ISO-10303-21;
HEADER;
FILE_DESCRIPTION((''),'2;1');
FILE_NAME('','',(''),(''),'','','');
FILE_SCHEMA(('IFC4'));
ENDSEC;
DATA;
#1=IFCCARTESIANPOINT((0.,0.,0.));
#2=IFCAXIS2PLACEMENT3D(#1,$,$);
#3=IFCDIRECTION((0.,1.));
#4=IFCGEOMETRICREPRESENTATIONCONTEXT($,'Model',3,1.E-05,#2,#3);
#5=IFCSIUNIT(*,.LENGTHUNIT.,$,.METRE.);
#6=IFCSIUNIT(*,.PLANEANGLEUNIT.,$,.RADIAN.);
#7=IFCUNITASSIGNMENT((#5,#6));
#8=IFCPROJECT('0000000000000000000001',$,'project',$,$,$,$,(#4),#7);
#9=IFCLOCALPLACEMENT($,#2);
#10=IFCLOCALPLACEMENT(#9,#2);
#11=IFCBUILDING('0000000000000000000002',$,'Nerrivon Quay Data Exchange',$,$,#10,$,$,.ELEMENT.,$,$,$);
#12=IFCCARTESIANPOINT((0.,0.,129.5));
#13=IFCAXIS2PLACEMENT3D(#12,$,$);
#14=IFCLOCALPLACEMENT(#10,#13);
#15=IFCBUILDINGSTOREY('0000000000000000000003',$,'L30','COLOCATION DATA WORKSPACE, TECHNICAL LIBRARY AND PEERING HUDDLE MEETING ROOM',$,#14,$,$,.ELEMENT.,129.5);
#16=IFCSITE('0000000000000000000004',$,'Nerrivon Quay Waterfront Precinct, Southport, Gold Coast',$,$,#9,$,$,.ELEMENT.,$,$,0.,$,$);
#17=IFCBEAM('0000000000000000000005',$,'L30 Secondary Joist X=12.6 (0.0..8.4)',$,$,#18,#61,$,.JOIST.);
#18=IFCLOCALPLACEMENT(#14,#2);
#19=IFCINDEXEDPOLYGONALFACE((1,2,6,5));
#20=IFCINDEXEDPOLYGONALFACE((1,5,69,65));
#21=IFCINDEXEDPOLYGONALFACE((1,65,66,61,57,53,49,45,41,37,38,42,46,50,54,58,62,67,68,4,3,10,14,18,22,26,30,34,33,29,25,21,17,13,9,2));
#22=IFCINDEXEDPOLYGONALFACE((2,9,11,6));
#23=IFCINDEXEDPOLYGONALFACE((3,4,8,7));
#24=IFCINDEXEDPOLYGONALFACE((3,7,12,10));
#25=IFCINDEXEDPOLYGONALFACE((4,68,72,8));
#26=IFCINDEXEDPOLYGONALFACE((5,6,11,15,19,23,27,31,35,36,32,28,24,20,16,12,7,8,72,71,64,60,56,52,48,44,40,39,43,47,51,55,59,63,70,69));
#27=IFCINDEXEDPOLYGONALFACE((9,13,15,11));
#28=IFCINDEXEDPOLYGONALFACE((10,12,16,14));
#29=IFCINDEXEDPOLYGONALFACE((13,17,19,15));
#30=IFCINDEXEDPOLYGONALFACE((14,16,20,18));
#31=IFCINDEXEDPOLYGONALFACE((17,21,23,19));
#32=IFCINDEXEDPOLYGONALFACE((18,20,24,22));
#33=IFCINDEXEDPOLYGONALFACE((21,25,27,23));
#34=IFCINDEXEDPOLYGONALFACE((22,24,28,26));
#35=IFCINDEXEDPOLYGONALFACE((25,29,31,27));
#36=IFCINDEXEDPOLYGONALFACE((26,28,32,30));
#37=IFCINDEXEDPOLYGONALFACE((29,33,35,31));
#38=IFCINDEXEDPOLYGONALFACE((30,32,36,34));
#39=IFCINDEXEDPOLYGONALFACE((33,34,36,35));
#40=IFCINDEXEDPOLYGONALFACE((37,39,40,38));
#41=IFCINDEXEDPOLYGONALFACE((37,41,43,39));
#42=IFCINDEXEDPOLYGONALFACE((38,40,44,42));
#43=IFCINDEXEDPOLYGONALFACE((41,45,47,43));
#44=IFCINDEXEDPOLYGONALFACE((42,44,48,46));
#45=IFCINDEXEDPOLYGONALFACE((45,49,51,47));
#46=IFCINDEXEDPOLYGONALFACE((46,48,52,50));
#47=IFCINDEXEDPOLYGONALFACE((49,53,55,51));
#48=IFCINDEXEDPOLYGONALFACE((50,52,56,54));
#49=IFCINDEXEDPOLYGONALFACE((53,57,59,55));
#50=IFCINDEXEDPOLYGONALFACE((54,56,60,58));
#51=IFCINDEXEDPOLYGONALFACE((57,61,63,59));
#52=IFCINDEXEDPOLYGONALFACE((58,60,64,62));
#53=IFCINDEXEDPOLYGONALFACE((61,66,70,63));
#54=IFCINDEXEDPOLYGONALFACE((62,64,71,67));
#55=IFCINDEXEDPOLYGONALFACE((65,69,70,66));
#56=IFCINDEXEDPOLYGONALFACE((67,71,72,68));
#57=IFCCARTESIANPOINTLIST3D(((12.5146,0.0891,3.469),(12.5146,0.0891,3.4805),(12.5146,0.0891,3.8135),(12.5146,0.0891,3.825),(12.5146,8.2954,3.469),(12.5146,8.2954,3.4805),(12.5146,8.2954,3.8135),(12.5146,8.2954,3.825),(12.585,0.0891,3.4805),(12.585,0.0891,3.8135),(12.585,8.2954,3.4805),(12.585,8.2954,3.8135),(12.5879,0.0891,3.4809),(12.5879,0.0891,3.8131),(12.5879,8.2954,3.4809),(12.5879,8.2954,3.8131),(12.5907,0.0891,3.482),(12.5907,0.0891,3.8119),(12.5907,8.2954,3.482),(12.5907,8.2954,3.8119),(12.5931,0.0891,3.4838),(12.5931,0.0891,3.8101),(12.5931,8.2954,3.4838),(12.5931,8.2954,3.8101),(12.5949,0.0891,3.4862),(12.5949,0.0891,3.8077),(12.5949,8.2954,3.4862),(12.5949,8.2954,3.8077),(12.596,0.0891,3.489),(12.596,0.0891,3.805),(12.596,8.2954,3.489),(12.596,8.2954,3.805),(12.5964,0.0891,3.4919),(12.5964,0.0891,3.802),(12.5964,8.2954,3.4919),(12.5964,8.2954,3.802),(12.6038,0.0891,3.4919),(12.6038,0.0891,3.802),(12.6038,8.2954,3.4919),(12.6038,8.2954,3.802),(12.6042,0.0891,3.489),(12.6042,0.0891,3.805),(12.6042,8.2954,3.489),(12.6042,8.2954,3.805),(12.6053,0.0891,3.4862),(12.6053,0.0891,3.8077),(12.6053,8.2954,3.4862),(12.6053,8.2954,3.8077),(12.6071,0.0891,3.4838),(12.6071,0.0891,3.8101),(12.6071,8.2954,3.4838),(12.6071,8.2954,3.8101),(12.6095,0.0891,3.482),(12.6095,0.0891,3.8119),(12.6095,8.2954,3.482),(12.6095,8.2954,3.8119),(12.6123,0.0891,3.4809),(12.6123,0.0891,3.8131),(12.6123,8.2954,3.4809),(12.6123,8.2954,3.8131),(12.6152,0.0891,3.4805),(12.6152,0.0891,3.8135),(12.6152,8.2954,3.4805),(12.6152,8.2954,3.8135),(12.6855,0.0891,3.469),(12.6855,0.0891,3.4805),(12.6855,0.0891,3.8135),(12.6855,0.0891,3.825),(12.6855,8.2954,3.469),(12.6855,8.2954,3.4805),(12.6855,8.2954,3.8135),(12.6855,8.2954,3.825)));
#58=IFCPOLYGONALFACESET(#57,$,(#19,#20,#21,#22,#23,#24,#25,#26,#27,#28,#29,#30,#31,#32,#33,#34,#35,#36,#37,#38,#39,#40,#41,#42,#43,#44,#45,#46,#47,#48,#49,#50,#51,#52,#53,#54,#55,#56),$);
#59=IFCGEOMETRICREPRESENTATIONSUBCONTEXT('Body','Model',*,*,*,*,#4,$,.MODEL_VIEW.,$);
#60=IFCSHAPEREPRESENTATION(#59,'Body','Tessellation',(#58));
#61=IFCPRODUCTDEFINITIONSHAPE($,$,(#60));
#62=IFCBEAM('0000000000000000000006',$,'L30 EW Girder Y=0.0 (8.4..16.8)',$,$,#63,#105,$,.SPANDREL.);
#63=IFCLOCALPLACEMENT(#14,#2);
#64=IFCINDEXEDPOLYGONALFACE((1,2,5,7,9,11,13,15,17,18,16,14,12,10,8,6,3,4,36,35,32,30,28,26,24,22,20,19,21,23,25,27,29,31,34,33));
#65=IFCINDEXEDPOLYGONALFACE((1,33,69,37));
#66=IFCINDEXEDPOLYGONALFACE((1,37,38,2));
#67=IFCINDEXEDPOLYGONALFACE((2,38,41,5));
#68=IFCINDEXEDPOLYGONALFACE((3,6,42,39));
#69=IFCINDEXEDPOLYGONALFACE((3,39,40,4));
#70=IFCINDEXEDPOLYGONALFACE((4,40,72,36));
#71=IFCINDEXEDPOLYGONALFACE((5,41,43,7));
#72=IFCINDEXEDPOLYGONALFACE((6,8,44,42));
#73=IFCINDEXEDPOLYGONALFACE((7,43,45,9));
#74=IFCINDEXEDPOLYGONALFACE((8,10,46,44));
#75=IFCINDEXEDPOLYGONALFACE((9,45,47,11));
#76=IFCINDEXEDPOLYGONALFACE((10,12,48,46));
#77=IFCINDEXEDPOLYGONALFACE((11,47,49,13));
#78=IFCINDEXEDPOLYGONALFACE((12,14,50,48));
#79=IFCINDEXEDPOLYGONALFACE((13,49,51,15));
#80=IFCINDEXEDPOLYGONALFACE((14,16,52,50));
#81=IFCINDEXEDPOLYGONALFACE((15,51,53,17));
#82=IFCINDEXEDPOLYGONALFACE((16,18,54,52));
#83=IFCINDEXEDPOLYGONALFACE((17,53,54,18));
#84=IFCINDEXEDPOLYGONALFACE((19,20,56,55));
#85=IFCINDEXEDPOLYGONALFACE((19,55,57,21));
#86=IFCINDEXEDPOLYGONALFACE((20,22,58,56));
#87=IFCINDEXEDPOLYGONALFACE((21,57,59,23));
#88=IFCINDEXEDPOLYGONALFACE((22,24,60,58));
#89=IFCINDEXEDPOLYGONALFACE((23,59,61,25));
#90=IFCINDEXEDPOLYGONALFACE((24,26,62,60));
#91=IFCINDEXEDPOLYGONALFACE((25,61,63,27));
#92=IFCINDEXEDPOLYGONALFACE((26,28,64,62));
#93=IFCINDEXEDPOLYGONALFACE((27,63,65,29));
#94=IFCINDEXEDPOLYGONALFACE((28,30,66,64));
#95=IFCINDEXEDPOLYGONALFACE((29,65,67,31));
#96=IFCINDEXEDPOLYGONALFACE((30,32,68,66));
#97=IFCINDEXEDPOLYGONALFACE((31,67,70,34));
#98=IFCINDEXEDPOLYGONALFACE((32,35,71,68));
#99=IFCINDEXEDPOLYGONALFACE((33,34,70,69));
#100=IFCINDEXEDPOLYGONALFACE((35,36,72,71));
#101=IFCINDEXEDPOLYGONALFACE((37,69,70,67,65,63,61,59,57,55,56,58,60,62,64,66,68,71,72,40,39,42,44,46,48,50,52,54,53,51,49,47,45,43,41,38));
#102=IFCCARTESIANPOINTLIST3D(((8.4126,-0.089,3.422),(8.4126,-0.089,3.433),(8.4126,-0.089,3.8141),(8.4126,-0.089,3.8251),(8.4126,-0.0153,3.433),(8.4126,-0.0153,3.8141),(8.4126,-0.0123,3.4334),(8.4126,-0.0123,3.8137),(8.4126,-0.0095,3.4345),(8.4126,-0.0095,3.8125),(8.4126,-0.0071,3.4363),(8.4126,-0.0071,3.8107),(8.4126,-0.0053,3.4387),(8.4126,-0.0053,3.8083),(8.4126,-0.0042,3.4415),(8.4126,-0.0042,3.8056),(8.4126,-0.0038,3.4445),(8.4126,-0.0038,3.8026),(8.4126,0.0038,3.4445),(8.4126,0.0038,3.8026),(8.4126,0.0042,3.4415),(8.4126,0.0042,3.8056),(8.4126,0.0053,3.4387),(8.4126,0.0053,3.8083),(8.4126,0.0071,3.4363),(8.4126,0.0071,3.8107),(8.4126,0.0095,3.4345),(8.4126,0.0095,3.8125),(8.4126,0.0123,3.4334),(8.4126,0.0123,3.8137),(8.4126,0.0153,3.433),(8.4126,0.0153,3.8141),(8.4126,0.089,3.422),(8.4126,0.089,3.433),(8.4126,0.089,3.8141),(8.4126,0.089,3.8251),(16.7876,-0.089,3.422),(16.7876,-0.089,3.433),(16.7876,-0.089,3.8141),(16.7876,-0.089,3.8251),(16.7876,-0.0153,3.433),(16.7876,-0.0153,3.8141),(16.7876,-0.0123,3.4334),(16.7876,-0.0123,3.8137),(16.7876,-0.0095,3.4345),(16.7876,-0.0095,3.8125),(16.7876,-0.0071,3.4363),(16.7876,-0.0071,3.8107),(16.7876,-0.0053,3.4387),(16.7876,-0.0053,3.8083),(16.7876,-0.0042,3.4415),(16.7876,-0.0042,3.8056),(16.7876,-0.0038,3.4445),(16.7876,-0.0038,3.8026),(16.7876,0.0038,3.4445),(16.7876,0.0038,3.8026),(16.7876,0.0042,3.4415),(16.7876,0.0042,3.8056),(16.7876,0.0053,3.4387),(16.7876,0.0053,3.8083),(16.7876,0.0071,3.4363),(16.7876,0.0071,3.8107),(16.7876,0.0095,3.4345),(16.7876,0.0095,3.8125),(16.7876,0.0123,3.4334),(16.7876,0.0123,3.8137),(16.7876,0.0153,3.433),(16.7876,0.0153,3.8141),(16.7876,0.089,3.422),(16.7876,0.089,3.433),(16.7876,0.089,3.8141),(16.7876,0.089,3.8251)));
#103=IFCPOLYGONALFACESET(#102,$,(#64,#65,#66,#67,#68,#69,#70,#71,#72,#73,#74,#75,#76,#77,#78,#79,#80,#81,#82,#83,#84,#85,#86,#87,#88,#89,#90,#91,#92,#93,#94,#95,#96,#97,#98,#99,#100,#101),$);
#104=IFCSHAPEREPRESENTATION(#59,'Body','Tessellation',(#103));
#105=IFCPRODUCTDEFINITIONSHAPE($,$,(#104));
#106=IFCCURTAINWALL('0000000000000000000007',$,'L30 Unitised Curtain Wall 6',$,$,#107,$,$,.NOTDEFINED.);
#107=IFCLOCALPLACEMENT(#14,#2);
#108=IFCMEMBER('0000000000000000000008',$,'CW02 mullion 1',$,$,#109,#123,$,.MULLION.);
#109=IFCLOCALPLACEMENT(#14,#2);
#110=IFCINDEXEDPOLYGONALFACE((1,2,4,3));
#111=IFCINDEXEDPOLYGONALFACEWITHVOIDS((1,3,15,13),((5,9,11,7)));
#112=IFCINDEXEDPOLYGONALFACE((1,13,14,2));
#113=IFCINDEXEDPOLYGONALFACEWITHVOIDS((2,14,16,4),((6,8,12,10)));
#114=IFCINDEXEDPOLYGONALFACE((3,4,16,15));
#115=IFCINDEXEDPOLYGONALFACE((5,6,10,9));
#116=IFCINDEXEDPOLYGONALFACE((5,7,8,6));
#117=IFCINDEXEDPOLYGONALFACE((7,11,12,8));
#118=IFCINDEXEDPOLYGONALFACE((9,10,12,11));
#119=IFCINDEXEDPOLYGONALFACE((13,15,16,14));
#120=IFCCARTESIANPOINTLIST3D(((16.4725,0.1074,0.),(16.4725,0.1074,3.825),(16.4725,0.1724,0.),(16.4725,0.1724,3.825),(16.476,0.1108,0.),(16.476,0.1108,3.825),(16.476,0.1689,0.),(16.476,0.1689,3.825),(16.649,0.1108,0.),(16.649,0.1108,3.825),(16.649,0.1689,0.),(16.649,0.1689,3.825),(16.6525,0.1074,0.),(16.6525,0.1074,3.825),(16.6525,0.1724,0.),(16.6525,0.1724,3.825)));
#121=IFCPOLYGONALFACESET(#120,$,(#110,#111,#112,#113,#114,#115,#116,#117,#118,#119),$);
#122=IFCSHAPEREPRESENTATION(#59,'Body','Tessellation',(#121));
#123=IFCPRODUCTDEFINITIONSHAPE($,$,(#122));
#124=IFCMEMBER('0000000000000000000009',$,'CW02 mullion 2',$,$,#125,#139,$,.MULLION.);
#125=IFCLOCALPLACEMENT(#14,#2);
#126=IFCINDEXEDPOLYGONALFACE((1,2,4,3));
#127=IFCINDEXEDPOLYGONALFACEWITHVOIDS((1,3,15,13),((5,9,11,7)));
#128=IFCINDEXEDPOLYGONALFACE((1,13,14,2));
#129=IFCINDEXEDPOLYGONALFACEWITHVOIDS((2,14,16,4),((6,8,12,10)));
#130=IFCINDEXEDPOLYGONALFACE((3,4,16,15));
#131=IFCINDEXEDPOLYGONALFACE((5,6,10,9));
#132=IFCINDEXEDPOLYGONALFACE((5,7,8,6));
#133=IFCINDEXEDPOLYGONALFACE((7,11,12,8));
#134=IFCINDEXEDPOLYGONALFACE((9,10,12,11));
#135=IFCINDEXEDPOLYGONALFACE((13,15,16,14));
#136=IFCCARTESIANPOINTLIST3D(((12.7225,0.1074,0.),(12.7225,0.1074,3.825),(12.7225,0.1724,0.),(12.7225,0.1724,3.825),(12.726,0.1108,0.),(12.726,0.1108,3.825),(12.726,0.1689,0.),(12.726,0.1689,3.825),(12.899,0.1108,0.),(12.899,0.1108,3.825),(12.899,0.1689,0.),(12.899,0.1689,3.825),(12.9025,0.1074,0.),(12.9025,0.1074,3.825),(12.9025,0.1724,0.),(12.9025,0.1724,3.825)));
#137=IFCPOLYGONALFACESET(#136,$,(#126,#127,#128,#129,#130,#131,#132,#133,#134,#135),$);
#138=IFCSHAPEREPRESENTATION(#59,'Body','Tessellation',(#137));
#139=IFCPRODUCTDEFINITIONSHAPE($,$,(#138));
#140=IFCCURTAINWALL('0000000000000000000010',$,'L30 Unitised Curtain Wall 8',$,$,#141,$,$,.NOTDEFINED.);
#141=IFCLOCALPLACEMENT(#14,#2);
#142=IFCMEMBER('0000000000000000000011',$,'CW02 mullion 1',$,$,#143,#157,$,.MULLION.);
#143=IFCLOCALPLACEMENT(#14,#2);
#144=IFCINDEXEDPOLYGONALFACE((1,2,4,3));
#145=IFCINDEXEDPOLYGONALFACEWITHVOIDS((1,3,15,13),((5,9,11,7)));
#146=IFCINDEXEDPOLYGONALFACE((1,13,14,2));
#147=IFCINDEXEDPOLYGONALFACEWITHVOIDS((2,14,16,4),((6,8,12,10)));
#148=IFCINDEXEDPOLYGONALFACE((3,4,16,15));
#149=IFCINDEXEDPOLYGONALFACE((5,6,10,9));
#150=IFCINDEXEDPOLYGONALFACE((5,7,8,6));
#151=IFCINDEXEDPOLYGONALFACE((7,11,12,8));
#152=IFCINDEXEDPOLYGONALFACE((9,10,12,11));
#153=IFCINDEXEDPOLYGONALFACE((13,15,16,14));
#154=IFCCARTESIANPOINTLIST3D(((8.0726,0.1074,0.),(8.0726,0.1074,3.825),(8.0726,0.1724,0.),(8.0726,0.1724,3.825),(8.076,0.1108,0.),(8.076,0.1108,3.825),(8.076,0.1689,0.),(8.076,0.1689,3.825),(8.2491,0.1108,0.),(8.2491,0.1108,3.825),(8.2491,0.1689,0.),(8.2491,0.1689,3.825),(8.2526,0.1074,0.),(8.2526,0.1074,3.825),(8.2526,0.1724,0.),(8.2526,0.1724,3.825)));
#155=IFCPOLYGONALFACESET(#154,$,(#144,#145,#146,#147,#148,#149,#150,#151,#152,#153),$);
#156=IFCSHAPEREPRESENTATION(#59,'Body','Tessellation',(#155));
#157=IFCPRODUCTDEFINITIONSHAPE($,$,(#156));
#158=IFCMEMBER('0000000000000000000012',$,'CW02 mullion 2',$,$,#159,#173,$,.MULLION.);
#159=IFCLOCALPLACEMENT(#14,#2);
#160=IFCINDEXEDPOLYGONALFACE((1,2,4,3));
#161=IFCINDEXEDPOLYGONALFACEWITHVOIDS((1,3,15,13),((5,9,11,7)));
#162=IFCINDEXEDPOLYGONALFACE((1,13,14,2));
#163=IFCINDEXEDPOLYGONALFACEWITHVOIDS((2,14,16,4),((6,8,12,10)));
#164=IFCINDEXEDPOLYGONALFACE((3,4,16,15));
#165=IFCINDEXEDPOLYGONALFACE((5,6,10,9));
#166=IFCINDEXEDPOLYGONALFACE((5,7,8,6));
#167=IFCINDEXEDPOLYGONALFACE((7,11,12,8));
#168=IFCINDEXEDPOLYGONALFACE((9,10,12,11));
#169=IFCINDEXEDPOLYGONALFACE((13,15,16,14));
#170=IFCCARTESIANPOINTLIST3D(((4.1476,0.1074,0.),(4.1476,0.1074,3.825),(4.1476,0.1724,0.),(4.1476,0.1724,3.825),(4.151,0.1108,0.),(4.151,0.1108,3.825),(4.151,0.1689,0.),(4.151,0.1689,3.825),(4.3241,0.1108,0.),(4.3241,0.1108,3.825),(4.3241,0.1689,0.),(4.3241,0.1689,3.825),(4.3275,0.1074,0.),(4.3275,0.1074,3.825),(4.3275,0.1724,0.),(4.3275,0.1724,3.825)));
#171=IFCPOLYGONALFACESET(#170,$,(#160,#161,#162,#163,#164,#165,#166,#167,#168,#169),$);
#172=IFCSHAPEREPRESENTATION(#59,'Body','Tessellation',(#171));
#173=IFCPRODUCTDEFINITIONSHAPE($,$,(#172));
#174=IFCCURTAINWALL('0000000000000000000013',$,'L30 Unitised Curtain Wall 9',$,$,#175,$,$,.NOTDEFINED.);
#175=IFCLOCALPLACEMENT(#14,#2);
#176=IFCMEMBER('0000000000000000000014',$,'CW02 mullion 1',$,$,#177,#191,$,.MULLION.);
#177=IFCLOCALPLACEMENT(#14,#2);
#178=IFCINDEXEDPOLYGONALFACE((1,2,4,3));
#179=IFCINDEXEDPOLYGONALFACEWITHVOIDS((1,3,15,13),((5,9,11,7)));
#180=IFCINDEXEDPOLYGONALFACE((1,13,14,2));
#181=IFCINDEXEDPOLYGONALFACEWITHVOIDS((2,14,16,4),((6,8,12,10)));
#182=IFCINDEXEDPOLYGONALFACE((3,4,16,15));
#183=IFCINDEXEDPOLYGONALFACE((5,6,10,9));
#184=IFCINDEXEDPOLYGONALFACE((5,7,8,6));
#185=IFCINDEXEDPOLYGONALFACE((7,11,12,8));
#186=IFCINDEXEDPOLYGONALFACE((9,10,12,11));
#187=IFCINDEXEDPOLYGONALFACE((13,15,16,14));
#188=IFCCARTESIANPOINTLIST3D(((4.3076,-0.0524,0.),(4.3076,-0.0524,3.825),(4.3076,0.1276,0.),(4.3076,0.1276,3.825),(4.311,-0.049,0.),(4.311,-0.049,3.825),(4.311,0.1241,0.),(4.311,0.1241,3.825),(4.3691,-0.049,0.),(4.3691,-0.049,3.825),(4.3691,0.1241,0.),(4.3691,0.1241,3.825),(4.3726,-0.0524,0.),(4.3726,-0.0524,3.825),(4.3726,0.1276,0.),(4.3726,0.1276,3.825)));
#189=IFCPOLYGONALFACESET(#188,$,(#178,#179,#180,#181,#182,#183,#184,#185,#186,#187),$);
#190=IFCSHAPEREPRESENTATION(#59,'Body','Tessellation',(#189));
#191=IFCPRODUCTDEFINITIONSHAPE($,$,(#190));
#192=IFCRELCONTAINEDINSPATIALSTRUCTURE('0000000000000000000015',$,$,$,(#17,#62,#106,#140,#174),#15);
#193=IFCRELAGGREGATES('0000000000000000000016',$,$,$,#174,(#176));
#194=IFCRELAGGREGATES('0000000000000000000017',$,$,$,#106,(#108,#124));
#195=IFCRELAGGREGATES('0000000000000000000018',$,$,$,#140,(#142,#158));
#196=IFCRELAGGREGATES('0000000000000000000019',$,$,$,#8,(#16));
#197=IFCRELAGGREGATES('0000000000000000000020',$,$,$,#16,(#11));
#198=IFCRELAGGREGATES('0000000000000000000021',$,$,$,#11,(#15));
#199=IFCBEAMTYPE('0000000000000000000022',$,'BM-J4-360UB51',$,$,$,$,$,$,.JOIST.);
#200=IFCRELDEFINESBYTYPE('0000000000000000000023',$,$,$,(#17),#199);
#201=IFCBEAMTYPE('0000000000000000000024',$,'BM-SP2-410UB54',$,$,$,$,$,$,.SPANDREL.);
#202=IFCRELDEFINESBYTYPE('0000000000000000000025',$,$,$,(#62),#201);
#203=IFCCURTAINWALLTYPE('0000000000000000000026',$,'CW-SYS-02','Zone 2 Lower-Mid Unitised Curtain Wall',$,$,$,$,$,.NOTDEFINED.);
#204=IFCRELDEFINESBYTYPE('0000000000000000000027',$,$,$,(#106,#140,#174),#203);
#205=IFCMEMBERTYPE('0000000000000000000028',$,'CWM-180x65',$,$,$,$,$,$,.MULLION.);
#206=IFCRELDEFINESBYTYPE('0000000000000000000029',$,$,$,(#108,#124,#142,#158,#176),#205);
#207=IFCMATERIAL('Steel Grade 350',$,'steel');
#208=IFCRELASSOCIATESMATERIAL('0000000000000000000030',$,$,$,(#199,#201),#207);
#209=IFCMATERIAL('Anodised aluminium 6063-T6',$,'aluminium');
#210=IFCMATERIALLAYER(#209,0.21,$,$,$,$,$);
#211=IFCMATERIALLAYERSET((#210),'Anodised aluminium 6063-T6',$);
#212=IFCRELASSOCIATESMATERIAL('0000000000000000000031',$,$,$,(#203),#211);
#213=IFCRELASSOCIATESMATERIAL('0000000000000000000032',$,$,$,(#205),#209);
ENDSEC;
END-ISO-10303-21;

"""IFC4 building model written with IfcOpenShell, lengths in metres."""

from ifc_helpers import new_model, si_unit, direction, frame, origin, origin_2d, place, context, subcontext, project, spatial, hollow_rectangle, i_section, extrude, material, layer, layer_set, material_profile, profile_set, type_object, element, aggregate, save


model = new_model("IFC4")

# Units and contexts
model_context = context("Model", 3, precision=1e-05, world=origin(), true_north=direction((0.0, 1.0)))
body_context = subcontext(model_context, "Body", "Model", "MODEL_VIEW")
ifc_project = project(units=[si_unit("LENGTHUNIT", "METRE"), si_unit("PLANEANGLEUNIT", "RADIAN")], contexts=[model_context])

# Site, building, storey
site_placement = place(None, origin())
site = spatial("IfcSite", under=ifc_project, at=site_placement, Name="Nerrivon Quay Waterfront Precinct, Southport, Gold Coast", CompositionType="ELEMENT", RefElevation=0.0)
building_placement = place(site_placement, origin())
building = spatial("IfcBuilding", under=site, at=building_placement, Name="Nerrivon Quay Data Exchange", CompositionType="ELEMENT")
storey_placement = place(building_placement, frame((0.0, 0.0, 129.5)))
storey = spatial("IfcBuildingStorey", under=building, at=storey_placement, Name="L30", Description="COLOCATION DATA WORKSPACE, TECHNICAL LIBRARY AND PEERING HUDDLE MEETING ROOM", CompositionType="ELEMENT", Elevation=129.5)

# Shared definitions
ifc_material_1 = material(Name="Steel Grade 350", Category="steel")

# Beams
ifc_material_profile_1 = material_profile(ifc_material_1, i_section(OverallWidth=0.1709, OverallDepth=0.356, WebThickness=0.0073, FlangeThickness=0.0115, FilletRadius=0.0115, at=origin_2d()), Name="360UB50.7")
ifc_profile_set_1 = profile_set([ifc_material_profile_1], Name="Steel Grade 350")
beam_type_1 = type_object("IfcBeamType", Name="BM-J4-360UB51", PredefinedType="JOIST", material=ifc_profile_set_1)
beam_1_placement = place(storey_placement, frame((12.6001, 0.0891, 3.647), z_axis=(0.0, 1.0, 0.0), x_axis=(-1.0, 0.0, 0.0)))
element("IfcBeam", 1, at=beam_1_placement, inside=storey, type_object=beam_type_1, Name="L30 Secondary Joist X=12.6 (0.0..8.4)", PredefinedType="JOIST", context=body_context, shape_type="SweptSolid", body=[
    extrude(i_section(OverallWidth=0.1709, OverallDepth=0.356, WebThickness=0.0073, FlangeThickness=0.0115, FilletRadius=0.0115, at=origin_2d()), origin(), (0.0, 0.0, 1.0), 8.2063),
])
ifc_material_profile_2 = material_profile(ifc_material_1, i_section(OverallWidth=0.178, OverallDepth=0.4031, WebThickness=0.0076, FlangeThickness=0.011, FilletRadius=0.0115, at=origin_2d()), Name="410UB53.7")
ifc_profile_set_2 = profile_set([ifc_material_profile_2], Name="Steel Grade 350")
beam_type_2 = type_object("IfcBeamType", Name="BM-SP2-410UB54", PredefinedType="SPANDREL", material=ifc_profile_set_2)
beam_2_placement = place(storey_placement, frame((8.4126, 0.0, 3.6235), z_axis=(1.0, 0.0, 0.0), x_axis=(0.0, 1.0, 0.0)))
element("IfcBeam", 2, at=beam_2_placement, inside=storey, type_object=beam_type_2, Name="L30 EW Girder Y=0.0 (8.4..16.8)", PredefinedType="SPANDREL", context=body_context, shape_type="SweptSolid", body=[
    extrude(i_section(OverallWidth=0.178, OverallDepth=0.4031, WebThickness=0.0076, FlangeThickness=0.011, FilletRadius=0.0115, at=origin_2d()), origin(), (0.0, 0.0, 1.0), 8.375),
])

# Curtain walls, members
ifc_material_2 = material(Name="Anodised aluminium 6063-T6", Category="aluminium")
ifc_layer_1 = layer(ifc_material_2, 0.21)
ifc_layer_set_1 = layer_set([ifc_layer_1], Name="Anodised aluminium 6063-T6")
curtain_wall_type = type_object("IfcCurtainWallType", Name="CW-SYS-02", Description="Zone 2 Lower-Mid Unitised Curtain Wall", PredefinedType="NOTDEFINED", material=ifc_layer_set_1)
curtain_wall_1_placement = place(storey_placement, origin())
curtain_wall_1 = element("IfcCurtainWall", 3, at=curtain_wall_1_placement, inside=storey, type_object=curtain_wall_type, Name="L30 Unitised Curtain Wall 6", PredefinedType="NOTDEFINED")
ifc_material_profile_3 = material_profile(ifc_material_2, hollow_rectangle(XDim=0.0649, YDim=0.1799, WallThickness=0.0034, at=origin_2d()), Name="ALU-MULL-180x65")
ifc_profile_set_3 = profile_set([ifc_material_profile_3], Name="Anodised aluminium 6063-T6")
member_type_1 = type_object("IfcMemberType", Name="CWM-180x65", PredefinedType="MULLION", material=ifc_profile_set_3)
member_1_placement = place(storey_placement, frame((16.5625, 0.1399, 0.0), z_axis=(0.0, 0.0, 1.0), x_axis=(0.0, -1.0, 0.0)))
member_1 = element("IfcMember", 4, at=member_1_placement, type_object=member_type_1, Name="CW02 mullion 1", PredefinedType="MULLION", context=body_context, shape_type="SweptSolid", body=[
    extrude(hollow_rectangle(XDim=0.0649, YDim=0.1799, WallThickness=0.0034, at=origin_2d()), origin(), (0.0, 0.0, 1.0), 3.825),
])
member_2_placement = place(storey_placement, frame((12.8125, 0.1399, 0.0), z_axis=(0.0, 0.0, 1.0), x_axis=(0.0, -1.0, 0.0)))
member_2 = element("IfcMember", 5, at=member_2_placement, type_object=member_type_1, Name="CW02 mullion 2", PredefinedType="MULLION", context=body_context, shape_type="SweptSolid", body=[
    extrude(hollow_rectangle(XDim=0.0649, YDim=0.1799, WallThickness=0.0034, at=origin_2d()), origin(), (0.0, 0.0, 1.0), 3.825),
])
curtain_wall_2_placement = place(storey_placement, origin())
curtain_wall_2 = element("IfcCurtainWall", 6, at=curtain_wall_2_placement, inside=storey, type_object=curtain_wall_type, Name="L30 Unitised Curtain Wall 8", PredefinedType="NOTDEFINED")
member_3_placement = place(storey_placement, frame((8.1626, 0.1399, 0.0), z_axis=(0.0, 0.0, 1.0), x_axis=(0.0, -1.0, 0.0)))
member_3 = element("IfcMember", 7, at=member_3_placement, type_object=member_type_1, Name="CW02 mullion 1", PredefinedType="MULLION", context=body_context, shape_type="SweptSolid", body=[
    extrude(hollow_rectangle(XDim=0.0649, YDim=0.1799, WallThickness=0.0034, at=origin_2d()), origin(), (0.0, 0.0, 1.0), 3.825),
])
member_4_placement = place(storey_placement, frame((4.2375, 0.1399, 0.0), z_axis=(0.0, 0.0, 1.0), x_axis=(0.0, -1.0, 0.0)))
member_4 = element("IfcMember", 8, at=member_4_placement, type_object=member_type_1, Name="CW02 mullion 2", PredefinedType="MULLION", context=body_context, shape_type="SweptSolid", body=[
    extrude(hollow_rectangle(XDim=0.0649, YDim=0.1799, WallThickness=0.0034, at=origin_2d()), origin(), (0.0, 0.0, 1.0), 3.825),
])

# Curtain wall, member
curtain_wall_3_placement = place(storey_placement, origin())
curtain_wall_3 = element("IfcCurtainWall", 9, at=curtain_wall_3_placement, inside=storey, type_object=curtain_wall_type, Name="L30 Unitised Curtain Wall 9", PredefinedType="NOTDEFINED")
member_5_placement = place(storey_placement, frame((4.3401, 0.0376, 0.0), z_axis=(0.0, 0.0, 1.0), x_axis=(-1.0, 0.0, 0.0)))
member_5 = element("IfcMember", 10, at=member_5_placement, type_object=member_type_1, Name="CW02 mullion 1", PredefinedType="MULLION", context=body_context, shape_type="SweptSolid", body=[
    extrude(hollow_rectangle(XDim=0.0649, YDim=0.1799, WallThickness=0.0034, at=origin_2d()), origin(), (0.0, 0.0, 1.0), 3.825),
])

aggregate(curtain_wall_3, [member_5])

aggregate(curtain_wall_1, [member_1, member_2])
aggregate(curtain_wall_2, [member_3, member_4])

save(model, "model.ifc")
